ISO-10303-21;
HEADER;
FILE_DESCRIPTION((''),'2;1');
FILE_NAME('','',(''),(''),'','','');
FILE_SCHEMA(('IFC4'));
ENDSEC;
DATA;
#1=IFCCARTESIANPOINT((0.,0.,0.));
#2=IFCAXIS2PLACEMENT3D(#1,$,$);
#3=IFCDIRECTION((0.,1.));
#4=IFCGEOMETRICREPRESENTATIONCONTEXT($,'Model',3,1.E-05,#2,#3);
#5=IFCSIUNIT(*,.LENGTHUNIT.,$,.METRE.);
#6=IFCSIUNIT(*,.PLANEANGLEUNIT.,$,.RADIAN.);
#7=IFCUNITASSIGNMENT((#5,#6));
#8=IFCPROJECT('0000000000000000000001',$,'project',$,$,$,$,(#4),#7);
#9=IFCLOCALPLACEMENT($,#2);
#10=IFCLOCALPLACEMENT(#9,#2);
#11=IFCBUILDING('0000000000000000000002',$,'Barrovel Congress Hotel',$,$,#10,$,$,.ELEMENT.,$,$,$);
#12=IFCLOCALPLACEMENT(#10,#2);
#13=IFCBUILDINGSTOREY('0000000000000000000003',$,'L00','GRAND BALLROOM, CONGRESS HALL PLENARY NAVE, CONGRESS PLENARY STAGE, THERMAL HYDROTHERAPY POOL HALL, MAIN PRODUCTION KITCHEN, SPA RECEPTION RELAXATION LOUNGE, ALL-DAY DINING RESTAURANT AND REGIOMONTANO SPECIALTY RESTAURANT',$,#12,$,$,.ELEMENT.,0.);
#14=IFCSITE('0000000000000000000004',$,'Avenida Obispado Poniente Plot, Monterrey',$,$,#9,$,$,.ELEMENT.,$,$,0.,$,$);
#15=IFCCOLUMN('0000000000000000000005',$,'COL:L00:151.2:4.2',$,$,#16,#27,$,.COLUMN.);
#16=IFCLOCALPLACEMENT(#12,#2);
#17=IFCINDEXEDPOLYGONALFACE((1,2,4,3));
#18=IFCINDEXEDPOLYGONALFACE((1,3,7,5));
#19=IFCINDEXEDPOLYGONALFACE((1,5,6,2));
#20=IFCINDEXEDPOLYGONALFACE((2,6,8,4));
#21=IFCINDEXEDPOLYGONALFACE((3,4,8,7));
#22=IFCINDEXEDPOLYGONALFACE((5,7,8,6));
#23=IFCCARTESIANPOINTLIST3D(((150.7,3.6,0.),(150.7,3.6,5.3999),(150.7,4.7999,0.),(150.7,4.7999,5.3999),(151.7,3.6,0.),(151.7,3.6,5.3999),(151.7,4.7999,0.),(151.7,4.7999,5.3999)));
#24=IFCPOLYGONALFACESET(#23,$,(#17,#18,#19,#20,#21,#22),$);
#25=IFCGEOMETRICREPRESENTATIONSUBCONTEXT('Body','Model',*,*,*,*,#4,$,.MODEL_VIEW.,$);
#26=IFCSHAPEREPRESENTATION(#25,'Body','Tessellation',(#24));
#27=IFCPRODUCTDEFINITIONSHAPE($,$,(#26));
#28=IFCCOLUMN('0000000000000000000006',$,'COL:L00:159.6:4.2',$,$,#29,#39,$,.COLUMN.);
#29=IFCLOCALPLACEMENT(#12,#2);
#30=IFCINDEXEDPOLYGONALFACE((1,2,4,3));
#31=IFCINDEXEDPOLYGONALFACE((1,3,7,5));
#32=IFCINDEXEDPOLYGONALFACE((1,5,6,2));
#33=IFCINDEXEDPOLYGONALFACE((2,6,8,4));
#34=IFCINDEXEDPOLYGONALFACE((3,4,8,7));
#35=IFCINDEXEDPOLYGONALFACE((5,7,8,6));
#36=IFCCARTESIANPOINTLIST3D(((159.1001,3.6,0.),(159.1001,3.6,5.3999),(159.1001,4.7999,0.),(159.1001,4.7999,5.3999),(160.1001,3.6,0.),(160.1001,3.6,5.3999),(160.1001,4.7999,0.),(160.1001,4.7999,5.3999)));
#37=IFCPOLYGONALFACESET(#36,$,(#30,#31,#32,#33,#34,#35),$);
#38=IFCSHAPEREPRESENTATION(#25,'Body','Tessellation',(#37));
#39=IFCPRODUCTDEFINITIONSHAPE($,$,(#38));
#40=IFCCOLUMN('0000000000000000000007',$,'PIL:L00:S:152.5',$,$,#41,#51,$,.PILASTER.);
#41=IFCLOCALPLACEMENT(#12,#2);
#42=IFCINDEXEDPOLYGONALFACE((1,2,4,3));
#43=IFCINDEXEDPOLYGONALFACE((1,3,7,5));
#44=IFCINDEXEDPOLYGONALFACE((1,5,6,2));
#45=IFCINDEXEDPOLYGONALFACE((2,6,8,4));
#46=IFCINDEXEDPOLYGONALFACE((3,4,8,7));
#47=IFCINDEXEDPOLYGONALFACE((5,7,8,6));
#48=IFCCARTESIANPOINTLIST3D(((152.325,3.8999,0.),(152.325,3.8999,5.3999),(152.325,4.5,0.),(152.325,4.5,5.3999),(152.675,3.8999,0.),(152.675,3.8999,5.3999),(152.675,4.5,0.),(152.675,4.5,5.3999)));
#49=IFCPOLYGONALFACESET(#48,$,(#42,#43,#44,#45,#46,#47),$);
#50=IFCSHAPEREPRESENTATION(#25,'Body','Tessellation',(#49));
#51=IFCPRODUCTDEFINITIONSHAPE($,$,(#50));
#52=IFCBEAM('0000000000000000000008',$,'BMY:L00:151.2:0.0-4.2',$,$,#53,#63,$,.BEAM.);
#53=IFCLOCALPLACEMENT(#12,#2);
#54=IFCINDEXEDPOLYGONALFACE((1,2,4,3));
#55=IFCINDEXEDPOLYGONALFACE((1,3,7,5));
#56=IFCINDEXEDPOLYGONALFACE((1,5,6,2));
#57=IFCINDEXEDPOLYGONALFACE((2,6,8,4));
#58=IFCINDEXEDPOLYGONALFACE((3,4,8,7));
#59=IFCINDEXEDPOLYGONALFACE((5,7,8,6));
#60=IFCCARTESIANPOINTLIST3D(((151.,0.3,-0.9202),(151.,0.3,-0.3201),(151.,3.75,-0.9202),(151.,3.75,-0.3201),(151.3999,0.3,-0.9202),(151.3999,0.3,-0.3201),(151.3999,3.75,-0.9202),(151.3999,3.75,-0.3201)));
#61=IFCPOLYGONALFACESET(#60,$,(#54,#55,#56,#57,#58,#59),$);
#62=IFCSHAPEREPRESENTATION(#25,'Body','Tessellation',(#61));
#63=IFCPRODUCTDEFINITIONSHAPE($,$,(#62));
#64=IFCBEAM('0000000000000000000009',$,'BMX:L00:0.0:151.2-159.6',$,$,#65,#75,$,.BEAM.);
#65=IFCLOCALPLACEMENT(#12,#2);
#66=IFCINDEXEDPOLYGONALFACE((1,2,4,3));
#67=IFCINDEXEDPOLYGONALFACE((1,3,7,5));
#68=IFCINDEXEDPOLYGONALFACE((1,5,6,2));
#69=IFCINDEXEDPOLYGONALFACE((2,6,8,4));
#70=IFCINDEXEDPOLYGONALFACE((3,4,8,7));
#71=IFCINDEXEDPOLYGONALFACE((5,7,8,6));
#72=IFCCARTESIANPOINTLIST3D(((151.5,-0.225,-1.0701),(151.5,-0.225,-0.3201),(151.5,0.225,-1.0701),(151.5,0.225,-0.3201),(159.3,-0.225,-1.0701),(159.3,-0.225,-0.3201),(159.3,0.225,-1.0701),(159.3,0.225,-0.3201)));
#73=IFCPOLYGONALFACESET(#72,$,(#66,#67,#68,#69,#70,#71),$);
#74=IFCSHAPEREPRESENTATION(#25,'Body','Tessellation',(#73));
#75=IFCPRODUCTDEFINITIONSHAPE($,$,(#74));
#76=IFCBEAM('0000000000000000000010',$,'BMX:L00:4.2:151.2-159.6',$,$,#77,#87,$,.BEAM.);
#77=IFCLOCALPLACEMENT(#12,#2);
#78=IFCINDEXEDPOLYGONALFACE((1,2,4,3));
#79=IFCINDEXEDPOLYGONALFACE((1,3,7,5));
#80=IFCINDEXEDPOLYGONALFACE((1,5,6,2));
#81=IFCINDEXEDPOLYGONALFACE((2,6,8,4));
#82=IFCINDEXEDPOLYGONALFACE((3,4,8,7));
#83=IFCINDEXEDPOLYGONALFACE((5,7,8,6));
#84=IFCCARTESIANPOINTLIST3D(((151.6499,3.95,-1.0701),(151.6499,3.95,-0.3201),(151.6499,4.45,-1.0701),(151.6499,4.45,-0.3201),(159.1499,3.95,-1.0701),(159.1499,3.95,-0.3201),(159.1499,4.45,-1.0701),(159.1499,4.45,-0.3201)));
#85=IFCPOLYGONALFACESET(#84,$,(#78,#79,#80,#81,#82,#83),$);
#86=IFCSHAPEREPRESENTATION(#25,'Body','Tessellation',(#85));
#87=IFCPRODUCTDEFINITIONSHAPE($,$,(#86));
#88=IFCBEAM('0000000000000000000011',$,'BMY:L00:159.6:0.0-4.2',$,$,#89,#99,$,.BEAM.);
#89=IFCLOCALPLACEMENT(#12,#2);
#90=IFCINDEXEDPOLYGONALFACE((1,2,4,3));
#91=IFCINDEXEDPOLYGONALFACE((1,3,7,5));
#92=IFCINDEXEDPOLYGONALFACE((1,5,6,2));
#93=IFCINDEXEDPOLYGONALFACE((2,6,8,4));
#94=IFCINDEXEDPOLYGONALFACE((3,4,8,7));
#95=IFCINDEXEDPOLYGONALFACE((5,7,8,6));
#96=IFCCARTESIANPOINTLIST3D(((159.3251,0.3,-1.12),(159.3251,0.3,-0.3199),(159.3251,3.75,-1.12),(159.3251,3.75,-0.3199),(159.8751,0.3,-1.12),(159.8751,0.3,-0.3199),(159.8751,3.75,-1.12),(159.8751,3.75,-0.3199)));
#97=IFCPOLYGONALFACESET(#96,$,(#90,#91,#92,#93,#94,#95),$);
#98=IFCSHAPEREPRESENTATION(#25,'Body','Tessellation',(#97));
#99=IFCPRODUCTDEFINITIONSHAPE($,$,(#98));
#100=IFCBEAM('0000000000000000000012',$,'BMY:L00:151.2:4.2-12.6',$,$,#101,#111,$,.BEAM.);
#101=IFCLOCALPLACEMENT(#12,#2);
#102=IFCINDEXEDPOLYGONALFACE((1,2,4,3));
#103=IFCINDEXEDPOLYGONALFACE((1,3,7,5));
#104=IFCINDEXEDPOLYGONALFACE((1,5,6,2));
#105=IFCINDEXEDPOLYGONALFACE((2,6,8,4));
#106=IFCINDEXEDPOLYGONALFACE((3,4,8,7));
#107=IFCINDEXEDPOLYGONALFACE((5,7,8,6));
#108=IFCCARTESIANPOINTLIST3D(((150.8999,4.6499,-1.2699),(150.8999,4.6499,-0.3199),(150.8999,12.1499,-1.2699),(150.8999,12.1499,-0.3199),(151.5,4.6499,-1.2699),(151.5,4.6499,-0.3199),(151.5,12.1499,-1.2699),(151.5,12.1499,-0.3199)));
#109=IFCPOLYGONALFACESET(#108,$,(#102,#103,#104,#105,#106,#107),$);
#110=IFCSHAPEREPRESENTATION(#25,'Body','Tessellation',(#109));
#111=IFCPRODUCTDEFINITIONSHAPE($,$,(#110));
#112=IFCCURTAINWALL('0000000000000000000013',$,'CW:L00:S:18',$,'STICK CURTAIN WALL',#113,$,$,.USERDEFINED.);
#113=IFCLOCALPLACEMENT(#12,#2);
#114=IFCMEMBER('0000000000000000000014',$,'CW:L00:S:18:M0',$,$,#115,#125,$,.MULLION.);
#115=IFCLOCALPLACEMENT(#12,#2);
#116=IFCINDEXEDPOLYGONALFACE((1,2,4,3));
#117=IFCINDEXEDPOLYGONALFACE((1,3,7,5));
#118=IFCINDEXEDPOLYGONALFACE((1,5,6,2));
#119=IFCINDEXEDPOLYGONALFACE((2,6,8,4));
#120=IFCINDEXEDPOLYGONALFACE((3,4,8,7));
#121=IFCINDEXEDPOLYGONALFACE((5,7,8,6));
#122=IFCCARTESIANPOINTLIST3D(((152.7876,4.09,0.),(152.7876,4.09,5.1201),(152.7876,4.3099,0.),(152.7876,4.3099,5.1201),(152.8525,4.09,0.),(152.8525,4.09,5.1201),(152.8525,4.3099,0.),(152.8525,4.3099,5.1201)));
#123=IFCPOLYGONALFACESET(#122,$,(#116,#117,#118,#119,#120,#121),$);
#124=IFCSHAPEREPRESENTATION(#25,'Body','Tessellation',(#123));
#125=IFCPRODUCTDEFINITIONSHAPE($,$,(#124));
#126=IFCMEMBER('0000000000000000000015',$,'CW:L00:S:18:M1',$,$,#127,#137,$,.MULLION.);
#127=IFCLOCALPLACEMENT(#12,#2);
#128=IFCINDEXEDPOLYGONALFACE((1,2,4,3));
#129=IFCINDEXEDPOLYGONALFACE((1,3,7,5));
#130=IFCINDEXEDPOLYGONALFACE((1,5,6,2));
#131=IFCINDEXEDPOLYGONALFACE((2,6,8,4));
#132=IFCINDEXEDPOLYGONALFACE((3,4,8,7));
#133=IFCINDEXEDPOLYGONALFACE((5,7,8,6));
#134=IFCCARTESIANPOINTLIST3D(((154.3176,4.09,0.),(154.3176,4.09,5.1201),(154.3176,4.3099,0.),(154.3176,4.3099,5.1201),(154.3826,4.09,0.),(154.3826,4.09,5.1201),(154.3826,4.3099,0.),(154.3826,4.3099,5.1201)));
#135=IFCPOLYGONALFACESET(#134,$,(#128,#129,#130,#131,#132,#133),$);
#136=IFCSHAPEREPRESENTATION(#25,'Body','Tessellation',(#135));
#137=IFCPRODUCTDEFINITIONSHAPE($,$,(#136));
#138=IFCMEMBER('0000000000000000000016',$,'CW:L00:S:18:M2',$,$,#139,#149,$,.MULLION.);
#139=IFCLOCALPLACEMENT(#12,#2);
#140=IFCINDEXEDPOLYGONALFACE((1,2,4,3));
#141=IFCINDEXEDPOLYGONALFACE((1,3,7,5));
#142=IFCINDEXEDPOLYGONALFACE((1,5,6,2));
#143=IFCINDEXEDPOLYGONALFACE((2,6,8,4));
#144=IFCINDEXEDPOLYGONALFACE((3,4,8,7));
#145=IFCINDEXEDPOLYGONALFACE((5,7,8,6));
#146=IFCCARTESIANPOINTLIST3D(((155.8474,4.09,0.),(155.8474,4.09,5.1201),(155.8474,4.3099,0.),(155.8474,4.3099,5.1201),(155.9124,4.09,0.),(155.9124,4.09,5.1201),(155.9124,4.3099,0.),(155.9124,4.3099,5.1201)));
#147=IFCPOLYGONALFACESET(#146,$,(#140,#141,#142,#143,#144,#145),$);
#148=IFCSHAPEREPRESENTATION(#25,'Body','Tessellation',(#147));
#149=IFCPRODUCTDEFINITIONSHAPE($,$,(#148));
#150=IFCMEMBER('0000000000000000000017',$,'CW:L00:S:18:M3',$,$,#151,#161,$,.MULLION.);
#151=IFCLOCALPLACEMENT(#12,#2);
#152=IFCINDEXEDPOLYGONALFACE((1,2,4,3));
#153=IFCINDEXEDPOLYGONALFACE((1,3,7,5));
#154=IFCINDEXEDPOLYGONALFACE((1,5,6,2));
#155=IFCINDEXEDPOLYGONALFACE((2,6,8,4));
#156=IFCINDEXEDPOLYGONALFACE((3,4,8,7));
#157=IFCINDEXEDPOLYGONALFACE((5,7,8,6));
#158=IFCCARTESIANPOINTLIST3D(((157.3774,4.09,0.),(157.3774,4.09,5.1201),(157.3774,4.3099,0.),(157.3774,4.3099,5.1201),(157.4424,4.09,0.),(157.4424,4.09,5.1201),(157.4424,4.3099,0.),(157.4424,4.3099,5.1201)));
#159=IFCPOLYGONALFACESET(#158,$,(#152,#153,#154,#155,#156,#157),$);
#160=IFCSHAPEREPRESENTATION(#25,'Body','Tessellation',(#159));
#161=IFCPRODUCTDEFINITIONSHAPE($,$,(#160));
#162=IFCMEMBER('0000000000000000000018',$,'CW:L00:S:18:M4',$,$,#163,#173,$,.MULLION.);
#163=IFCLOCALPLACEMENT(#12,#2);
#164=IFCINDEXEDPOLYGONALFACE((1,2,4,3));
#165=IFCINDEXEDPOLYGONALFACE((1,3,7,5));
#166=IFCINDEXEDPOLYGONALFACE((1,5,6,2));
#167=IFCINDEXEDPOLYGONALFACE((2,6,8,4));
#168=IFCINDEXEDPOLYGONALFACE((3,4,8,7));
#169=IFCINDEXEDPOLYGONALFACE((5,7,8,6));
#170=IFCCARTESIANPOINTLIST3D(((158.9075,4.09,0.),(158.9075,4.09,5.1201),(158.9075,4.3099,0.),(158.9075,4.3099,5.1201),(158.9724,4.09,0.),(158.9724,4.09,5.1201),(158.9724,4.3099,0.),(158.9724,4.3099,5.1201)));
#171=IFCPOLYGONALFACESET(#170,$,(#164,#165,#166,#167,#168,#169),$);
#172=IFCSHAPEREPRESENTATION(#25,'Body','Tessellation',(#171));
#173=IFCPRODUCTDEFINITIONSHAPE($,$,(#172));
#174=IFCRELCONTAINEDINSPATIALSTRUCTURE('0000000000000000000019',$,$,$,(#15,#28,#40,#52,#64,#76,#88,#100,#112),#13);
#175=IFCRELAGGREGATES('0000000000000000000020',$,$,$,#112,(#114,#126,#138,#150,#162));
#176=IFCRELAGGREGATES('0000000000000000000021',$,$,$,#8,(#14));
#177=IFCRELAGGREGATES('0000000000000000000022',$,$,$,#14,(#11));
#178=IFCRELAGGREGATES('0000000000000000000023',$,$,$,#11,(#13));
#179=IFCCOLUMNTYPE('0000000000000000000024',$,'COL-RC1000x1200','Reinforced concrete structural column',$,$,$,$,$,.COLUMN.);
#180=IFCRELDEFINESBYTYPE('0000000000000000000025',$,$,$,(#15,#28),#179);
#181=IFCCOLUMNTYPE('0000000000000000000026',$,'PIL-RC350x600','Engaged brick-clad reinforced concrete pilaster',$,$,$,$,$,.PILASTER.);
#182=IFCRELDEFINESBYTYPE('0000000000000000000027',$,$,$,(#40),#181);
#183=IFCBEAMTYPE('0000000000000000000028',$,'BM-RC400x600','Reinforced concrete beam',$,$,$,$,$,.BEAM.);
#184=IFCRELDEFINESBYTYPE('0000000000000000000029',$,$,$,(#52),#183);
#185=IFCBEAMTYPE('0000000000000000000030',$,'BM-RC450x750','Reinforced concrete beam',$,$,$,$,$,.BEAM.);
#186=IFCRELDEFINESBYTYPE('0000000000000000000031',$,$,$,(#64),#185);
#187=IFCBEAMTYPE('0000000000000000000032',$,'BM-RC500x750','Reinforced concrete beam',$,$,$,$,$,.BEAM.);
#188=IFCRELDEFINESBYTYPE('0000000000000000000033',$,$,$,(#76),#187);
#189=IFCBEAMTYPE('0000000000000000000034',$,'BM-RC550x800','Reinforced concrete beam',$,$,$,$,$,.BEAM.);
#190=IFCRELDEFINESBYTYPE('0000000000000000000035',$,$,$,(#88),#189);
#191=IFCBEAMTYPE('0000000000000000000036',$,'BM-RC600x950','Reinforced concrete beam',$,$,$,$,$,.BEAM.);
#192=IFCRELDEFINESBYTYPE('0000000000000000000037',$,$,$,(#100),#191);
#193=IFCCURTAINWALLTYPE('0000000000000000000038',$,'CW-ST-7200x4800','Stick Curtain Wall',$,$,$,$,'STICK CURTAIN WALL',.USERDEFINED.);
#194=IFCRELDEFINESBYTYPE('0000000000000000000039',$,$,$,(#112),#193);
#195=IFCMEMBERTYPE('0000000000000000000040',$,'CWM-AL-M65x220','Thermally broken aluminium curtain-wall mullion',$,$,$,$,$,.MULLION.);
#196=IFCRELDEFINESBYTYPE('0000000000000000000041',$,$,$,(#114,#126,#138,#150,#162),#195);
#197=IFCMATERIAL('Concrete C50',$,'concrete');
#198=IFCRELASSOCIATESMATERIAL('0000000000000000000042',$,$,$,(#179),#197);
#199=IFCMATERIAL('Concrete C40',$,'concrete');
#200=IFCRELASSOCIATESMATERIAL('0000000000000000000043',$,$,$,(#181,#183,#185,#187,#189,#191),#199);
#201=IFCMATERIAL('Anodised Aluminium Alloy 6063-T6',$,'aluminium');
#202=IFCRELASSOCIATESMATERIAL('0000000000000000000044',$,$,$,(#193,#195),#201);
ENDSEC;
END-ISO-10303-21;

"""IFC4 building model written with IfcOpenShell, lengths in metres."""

from ifc_helpers import new_model, si_unit, direction, frame, origin, origin_2d, place, context, subcontext, project, spatial, rectangle, extrude, material, material_profile, profile_set, type_object, element, aggregate, save


model = new_model("IFC4")

# Units and contexts
model_context = context("Model", 3, precision=1e-05, world=origin(), true_north=direction((0.0, 1.0)))
body_context = subcontext(model_context, "Body", "Model", "MODEL_VIEW")
ifc_project = project(units=[si_unit("LENGTHUNIT", "METRE"), si_unit("PLANEANGLEUNIT", "RADIAN")], contexts=[model_context])

# Site, building, storey
site_placement = place(None, origin())
site = spatial("IfcSite", under=ifc_project, at=site_placement, Name="Avenida Obispado Poniente Plot, Monterrey", CompositionType="ELEMENT", RefElevation=0.0)
building_placement = place(site_placement, origin())
building = spatial("IfcBuilding", under=site, at=building_placement, Name="Barrovel Congress Hotel", CompositionType="ELEMENT")
storey_placement = place(building_placement, origin())
storey = spatial("IfcBuildingStorey", under=building, at=storey_placement, Name="L00", Description="GRAND BALLROOM, CONGRESS HALL PLENARY NAVE, CONGRESS PLENARY STAGE, THERMAL HYDROTHERAPY POOL HALL, MAIN PRODUCTION KITCHEN, SPA RECEPTION RELAXATION LOUNGE, ALL-DAY DINING RESTAURANT AND REGIOMONTANO SPECIALTY RESTAURANT", CompositionType="ELEMENT", Elevation=0.0)

# Shared definitions
ifc_material_1 = material(Name="Concrete C40", Category="concrete")

# Columns
ifc_material_2 = material(Name="Concrete C50", Category="concrete")
ifc_material_profile_1 = material_profile(ifc_material_2, rectangle(XDim=1.0, YDim=1.2, at=origin_2d()), Name="RC1000x1200")
ifc_profile_set_1 = profile_set([ifc_material_profile_1], Name="Concrete C50")
column_type_1 = type_object("IfcColumnType", Name="COL-RC1000x1200", Description="Reinforced concrete structural column", PredefinedType="COLUMN", material=ifc_profile_set_1)
for number, where, z_axis, x_axis, name in (
    (1, (151.2, 4.2, 0.0), (0.0, 0.0, 1.0), (1.0, 0.0, 0.0), "COL:L00:151.2:4.2"),
    (2, (159.6001, 4.2, 0.0), (0.0, 0.0, 1.0), (1.0, 0.0, 0.0), "COL:L00:159.6:4.2"),
):
    element("IfcColumn", number, at=place(storey_placement, frame(where, z_axis=z_axis, x_axis=x_axis)), inside=storey, type_object=column_type_1, Name=name, PredefinedType="COLUMN", context=body_context, shape_type="SweptSolid", body=[
        extrude(rectangle(XDim=1.0, YDim=1.2, at=origin_2d()), origin(), (0.0, 0.0, 1.0), 5.3999),
    ])
ifc_material_profile_2 = material_profile(ifc_material_1, rectangle(XDim=0.3501, YDim=0.6001, at=origin_2d()), Name="RC350x600")
ifc_profile_set_2 = profile_set([ifc_material_profile_2], Name="Concrete C40")
column_type_2 = type_object("IfcColumnType", Name="PIL-RC350x600", Description="Engaged brick-clad reinforced concrete pilaster", PredefinedType="PILASTER", material=ifc_profile_set_2)
column_placement = place(storey_placement, frame((152.5, 4.2, 0.0), z_axis=(0.0, 0.0, 1.0), x_axis=(1.0, 0.0, 0.0)))
element("IfcColumn", 3, at=column_placement, inside=storey, type_object=column_type_2, Name="PIL:L00:S:152.5", PredefinedType="PILASTER", context=body_context, shape_type="SweptSolid", body=[
    extrude(rectangle(XDim=0.3501, YDim=0.6001, at=origin_2d()), origin(), (0.0, 0.0, 1.0), 5.3999),
])

# Beams
ifc_material_profile_3 = material_profile(ifc_material_1, rectangle(XDim=0.3999, YDim=0.6001, at=origin_2d()), Name="RC400x600")
ifc_profile_set_3 = profile_set([ifc_material_profile_3], Name="Concrete C40")
beam_type_1 = type_object("IfcBeamType", Name="BM-RC400x600", Description="Reinforced concrete beam", PredefinedType="BEAM", material=ifc_profile_set_3)
beam_1_placement = place(storey_placement, frame((151.2, 0.3, -0.6201), z_axis=(0.0, 1.0, 0.0), x_axis=(-1.0, 0.0, 0.0)))
element("IfcBeam", 4, at=beam_1_placement, inside=storey, type_object=beam_type_1, Name="BMY:L00:151.2:0.0-4.2", PredefinedType="BEAM", context=body_context, shape_type="SweptSolid", body=[
    extrude(rectangle(XDim=0.3999, YDim=0.6001, at=origin_2d()), origin(), (0.0, 0.0, 1.0), 3.45),
])
ifc_material_profile_4 = material_profile(ifc_material_1, rectangle(XDim=0.45, YDim=0.75, at=origin_2d()), Name="RC450x750")
ifc_profile_set_4 = profile_set([ifc_material_profile_4], Name="Concrete C40")
beam_type_2 = type_object("IfcBeamType", Name="BM-RC450x750", Description="Reinforced concrete beam", PredefinedType="BEAM", material=ifc_profile_set_4)
beam_2_placement = place(storey_placement, frame((151.5, 0.0, -0.6951), z_axis=(1.0, 0.0, 0.0), x_axis=(0.0, 1.0, 0.0)))
element("IfcBeam", 5, at=beam_2_placement, inside=storey, type_object=beam_type_2, Name="BMX:L00:0.0:151.2-159.6", PredefinedType="BEAM", context=body_context, shape_type="SweptSolid", body=[
    extrude(rectangle(XDim=0.45, YDim=0.75, at=origin_2d()), origin(), (0.0, 0.0, 1.0), 7.8),
])
ifc_material_profile_5 = material_profile(ifc_material_1, rectangle(XDim=0.5, YDim=0.75, at=origin_2d()), Name="RC500x750")
ifc_profile_set_5 = profile_set([ifc_material_profile_5], Name="Concrete C40")
beam_type_3 = type_object("IfcBeamType", Name="BM-RC500x750", Description="Reinforced concrete beam", PredefinedType="BEAM", material=ifc_profile_set_5)
beam_3_placement = place(storey_placement, frame((151.6499, 4.2, -0.6951), z_axis=(1.0, 0.0, 0.0), x_axis=(0.0, 1.0, 0.0)))
element("IfcBeam", 6, at=beam_3_placement, inside=storey, type_object=beam_type_3, Name="BMX:L00:4.2:151.2-159.6", PredefinedType="BEAM", context=body_context, shape_type="SweptSolid", body=[
    extrude(rectangle(XDim=0.5, YDim=0.75, at=origin_2d()), origin(), (0.0, 0.0, 1.0), 7.5),
])
ifc_material_profile_6 = material_profile(ifc_material_1, rectangle(XDim=0.55, YDim=0.8, at=origin_2d()), Name="RC550x800")
ifc_profile_set_6 = profile_set([ifc_material_profile_6], Name="Concrete C40")
beam_type_4 = type_object("IfcBeamType", Name="BM-RC550x800", Description="Reinforced concrete beam", PredefinedType="BEAM", material=ifc_profile_set_6)
beam_4_placement = place(storey_placement, frame((159.6001, 0.3, -0.72), z_axis=(0.0, 1.0, 0.0), x_axis=(-1.0, 0.0, 0.0)))
element("IfcBeam", 7, at=beam_4_placement, inside=storey, type_object=beam_type_4, Name="BMY:L00:159.6:0.0-4.2", PredefinedType="BEAM", context=body_context, shape_type="SweptSolid", body=[
    extrude(rectangle(XDim=0.55, YDim=0.8, at=origin_2d()), origin(), (0.0, 0.0, 1.0), 3.45),
])
ifc_material_profile_7 = material_profile(ifc_material_1, rectangle(XDim=0.6001, YDim=0.95, at=origin_2d()), Name="RC600x950")
ifc_profile_set_7 = profile_set([ifc_material_profile_7], Name="Concrete C40")
beam_type_5 = type_object("IfcBeamType", Name="BM-RC600x950", Description="Reinforced concrete beam", PredefinedType="BEAM", material=ifc_profile_set_7)
beam_5_placement = place(storey_placement, frame((151.2, 4.6499, -0.7949), z_axis=(0.0, 1.0, 0.0), x_axis=(-1.0, 0.0, 0.0)))
element("IfcBeam", 8, at=beam_5_placement, inside=storey, type_object=beam_type_5, Name="BMY:L00:151.2:4.2-12.6", PredefinedType="BEAM", context=body_context, shape_type="SweptSolid", body=[
    extrude(rectangle(XDim=0.6001, YDim=0.95, at=origin_2d()), origin(), (0.0, 0.0, 1.0), 7.5),
])

# Curtain wall, members
ifc_material_3 = material(Name="Anodised Aluminium Alloy 6063-T6", Category="aluminium")
curtain_wall_type = type_object("IfcCurtainWallType", Name="CW-ST-7200x4800", Description="Stick Curtain Wall", ElementType="STICK CURTAIN WALL", PredefinedType="USERDEFINED", material=ifc_material_3)
curtain_wall_placement = place(storey_placement, origin())
curtain_wall = element("IfcCurtainWall", 9, at=curtain_wall_placement, inside=storey, type_object=curtain_wall_type, Name="CW:L00:S:18", ObjectType="STICK CURTAIN WALL", PredefinedType="USERDEFINED")
ifc_material_profile_8 = material_profile(ifc_material_3, rectangle(XDim=0.0649, YDim=0.22, at=origin_2d()), Name="AL-M65x220")
ifc_profile_set_8 = profile_set([ifc_material_profile_8], Name="Anodised Aluminium Alloy 6063-T6")
member_type_1 = type_object("IfcMemberType", Name="CWM-AL-M65x220", Description="Thermally broken aluminium curtain-wall mullion", PredefinedType="MULLION", material=ifc_profile_set_8)
member_1_placement = place(storey_placement, frame((152.8201, 4.2, 0.0), z_axis=(0.0, 0.0, 1.0), x_axis=(1.0, 0.0, 0.0)))
member_1 = element("IfcMember", 10, at=member_1_placement, type_object=member_type_1, Name="CW:L00:S:18:M0", PredefinedType="MULLION", context=body_context, shape_type="SweptSolid", body=[
    extrude(rectangle(XDim=0.0649, YDim=0.22, at=origin_2d()), origin(), (0.0, 0.0, 1.0), 5.1201),
])
member_2_placement = place(storey_placement, frame((154.3501, 4.2, 0.0), z_axis=(0.0, 0.0, 1.0), x_axis=(1.0, 0.0, 0.0)))
member_2 = element("IfcMember", 11, at=member_2_placement, type_object=member_type_1, Name="CW:L00:S:18:M1", PredefinedType="MULLION", context=body_context, shape_type="SweptSolid", body=[
    extrude(rectangle(XDim=0.0649, YDim=0.22, at=origin_2d()), origin(), (0.0, 0.0, 1.0), 5.1201),
])
member_3_placement = place(storey_placement, frame((155.8799, 4.2, 0.0), z_axis=(0.0, 0.0, 1.0), x_axis=(1.0, 0.0, 0.0)))
member_3 = element("IfcMember", 12, at=member_3_placement, type_object=member_type_1, Name="CW:L00:S:18:M2", PredefinedType="MULLION", context=body_context, shape_type="SweptSolid", body=[
    extrude(rectangle(XDim=0.0649, YDim=0.22, at=origin_2d()), origin(), (0.0, 0.0, 1.0), 5.1201),
])
member_4_placement = place(storey_placement, frame((157.4099, 4.2, 0.0), z_axis=(0.0, 0.0, 1.0), x_axis=(1.0, 0.0, 0.0)))
member_4 = element("IfcMember", 13, at=member_4_placement, type_object=member_type_1, Name="CW:L00:S:18:M3", PredefinedType="MULLION", context=body_context, shape_type="SweptSolid", body=[
    extrude(rectangle(XDim=0.0649, YDim=0.22, at=origin_2d()), origin(), (0.0, 0.0, 1.0), 5.1201),
])
member_5_placement = place(storey_placement, frame((158.9399, 4.2, 0.0), z_axis=(0.0, 0.0, 1.0), x_axis=(1.0, 0.0, 0.0)))
member_5 = element("IfcMember", 14, at=member_5_placement, type_object=member_type_1, Name="CW:L00:S:18:M4", PredefinedType="MULLION", context=body_context, shape_type="SweptSolid", body=[
    extrude(rectangle(XDim=0.0649, YDim=0.22, at=origin_2d()), origin(), (0.0, 0.0, 1.0), 5.1201),
])

aggregate(curtain_wall, [member_1, member_2, member_3, member_4, member_5])

save(model, "model.ifc")
